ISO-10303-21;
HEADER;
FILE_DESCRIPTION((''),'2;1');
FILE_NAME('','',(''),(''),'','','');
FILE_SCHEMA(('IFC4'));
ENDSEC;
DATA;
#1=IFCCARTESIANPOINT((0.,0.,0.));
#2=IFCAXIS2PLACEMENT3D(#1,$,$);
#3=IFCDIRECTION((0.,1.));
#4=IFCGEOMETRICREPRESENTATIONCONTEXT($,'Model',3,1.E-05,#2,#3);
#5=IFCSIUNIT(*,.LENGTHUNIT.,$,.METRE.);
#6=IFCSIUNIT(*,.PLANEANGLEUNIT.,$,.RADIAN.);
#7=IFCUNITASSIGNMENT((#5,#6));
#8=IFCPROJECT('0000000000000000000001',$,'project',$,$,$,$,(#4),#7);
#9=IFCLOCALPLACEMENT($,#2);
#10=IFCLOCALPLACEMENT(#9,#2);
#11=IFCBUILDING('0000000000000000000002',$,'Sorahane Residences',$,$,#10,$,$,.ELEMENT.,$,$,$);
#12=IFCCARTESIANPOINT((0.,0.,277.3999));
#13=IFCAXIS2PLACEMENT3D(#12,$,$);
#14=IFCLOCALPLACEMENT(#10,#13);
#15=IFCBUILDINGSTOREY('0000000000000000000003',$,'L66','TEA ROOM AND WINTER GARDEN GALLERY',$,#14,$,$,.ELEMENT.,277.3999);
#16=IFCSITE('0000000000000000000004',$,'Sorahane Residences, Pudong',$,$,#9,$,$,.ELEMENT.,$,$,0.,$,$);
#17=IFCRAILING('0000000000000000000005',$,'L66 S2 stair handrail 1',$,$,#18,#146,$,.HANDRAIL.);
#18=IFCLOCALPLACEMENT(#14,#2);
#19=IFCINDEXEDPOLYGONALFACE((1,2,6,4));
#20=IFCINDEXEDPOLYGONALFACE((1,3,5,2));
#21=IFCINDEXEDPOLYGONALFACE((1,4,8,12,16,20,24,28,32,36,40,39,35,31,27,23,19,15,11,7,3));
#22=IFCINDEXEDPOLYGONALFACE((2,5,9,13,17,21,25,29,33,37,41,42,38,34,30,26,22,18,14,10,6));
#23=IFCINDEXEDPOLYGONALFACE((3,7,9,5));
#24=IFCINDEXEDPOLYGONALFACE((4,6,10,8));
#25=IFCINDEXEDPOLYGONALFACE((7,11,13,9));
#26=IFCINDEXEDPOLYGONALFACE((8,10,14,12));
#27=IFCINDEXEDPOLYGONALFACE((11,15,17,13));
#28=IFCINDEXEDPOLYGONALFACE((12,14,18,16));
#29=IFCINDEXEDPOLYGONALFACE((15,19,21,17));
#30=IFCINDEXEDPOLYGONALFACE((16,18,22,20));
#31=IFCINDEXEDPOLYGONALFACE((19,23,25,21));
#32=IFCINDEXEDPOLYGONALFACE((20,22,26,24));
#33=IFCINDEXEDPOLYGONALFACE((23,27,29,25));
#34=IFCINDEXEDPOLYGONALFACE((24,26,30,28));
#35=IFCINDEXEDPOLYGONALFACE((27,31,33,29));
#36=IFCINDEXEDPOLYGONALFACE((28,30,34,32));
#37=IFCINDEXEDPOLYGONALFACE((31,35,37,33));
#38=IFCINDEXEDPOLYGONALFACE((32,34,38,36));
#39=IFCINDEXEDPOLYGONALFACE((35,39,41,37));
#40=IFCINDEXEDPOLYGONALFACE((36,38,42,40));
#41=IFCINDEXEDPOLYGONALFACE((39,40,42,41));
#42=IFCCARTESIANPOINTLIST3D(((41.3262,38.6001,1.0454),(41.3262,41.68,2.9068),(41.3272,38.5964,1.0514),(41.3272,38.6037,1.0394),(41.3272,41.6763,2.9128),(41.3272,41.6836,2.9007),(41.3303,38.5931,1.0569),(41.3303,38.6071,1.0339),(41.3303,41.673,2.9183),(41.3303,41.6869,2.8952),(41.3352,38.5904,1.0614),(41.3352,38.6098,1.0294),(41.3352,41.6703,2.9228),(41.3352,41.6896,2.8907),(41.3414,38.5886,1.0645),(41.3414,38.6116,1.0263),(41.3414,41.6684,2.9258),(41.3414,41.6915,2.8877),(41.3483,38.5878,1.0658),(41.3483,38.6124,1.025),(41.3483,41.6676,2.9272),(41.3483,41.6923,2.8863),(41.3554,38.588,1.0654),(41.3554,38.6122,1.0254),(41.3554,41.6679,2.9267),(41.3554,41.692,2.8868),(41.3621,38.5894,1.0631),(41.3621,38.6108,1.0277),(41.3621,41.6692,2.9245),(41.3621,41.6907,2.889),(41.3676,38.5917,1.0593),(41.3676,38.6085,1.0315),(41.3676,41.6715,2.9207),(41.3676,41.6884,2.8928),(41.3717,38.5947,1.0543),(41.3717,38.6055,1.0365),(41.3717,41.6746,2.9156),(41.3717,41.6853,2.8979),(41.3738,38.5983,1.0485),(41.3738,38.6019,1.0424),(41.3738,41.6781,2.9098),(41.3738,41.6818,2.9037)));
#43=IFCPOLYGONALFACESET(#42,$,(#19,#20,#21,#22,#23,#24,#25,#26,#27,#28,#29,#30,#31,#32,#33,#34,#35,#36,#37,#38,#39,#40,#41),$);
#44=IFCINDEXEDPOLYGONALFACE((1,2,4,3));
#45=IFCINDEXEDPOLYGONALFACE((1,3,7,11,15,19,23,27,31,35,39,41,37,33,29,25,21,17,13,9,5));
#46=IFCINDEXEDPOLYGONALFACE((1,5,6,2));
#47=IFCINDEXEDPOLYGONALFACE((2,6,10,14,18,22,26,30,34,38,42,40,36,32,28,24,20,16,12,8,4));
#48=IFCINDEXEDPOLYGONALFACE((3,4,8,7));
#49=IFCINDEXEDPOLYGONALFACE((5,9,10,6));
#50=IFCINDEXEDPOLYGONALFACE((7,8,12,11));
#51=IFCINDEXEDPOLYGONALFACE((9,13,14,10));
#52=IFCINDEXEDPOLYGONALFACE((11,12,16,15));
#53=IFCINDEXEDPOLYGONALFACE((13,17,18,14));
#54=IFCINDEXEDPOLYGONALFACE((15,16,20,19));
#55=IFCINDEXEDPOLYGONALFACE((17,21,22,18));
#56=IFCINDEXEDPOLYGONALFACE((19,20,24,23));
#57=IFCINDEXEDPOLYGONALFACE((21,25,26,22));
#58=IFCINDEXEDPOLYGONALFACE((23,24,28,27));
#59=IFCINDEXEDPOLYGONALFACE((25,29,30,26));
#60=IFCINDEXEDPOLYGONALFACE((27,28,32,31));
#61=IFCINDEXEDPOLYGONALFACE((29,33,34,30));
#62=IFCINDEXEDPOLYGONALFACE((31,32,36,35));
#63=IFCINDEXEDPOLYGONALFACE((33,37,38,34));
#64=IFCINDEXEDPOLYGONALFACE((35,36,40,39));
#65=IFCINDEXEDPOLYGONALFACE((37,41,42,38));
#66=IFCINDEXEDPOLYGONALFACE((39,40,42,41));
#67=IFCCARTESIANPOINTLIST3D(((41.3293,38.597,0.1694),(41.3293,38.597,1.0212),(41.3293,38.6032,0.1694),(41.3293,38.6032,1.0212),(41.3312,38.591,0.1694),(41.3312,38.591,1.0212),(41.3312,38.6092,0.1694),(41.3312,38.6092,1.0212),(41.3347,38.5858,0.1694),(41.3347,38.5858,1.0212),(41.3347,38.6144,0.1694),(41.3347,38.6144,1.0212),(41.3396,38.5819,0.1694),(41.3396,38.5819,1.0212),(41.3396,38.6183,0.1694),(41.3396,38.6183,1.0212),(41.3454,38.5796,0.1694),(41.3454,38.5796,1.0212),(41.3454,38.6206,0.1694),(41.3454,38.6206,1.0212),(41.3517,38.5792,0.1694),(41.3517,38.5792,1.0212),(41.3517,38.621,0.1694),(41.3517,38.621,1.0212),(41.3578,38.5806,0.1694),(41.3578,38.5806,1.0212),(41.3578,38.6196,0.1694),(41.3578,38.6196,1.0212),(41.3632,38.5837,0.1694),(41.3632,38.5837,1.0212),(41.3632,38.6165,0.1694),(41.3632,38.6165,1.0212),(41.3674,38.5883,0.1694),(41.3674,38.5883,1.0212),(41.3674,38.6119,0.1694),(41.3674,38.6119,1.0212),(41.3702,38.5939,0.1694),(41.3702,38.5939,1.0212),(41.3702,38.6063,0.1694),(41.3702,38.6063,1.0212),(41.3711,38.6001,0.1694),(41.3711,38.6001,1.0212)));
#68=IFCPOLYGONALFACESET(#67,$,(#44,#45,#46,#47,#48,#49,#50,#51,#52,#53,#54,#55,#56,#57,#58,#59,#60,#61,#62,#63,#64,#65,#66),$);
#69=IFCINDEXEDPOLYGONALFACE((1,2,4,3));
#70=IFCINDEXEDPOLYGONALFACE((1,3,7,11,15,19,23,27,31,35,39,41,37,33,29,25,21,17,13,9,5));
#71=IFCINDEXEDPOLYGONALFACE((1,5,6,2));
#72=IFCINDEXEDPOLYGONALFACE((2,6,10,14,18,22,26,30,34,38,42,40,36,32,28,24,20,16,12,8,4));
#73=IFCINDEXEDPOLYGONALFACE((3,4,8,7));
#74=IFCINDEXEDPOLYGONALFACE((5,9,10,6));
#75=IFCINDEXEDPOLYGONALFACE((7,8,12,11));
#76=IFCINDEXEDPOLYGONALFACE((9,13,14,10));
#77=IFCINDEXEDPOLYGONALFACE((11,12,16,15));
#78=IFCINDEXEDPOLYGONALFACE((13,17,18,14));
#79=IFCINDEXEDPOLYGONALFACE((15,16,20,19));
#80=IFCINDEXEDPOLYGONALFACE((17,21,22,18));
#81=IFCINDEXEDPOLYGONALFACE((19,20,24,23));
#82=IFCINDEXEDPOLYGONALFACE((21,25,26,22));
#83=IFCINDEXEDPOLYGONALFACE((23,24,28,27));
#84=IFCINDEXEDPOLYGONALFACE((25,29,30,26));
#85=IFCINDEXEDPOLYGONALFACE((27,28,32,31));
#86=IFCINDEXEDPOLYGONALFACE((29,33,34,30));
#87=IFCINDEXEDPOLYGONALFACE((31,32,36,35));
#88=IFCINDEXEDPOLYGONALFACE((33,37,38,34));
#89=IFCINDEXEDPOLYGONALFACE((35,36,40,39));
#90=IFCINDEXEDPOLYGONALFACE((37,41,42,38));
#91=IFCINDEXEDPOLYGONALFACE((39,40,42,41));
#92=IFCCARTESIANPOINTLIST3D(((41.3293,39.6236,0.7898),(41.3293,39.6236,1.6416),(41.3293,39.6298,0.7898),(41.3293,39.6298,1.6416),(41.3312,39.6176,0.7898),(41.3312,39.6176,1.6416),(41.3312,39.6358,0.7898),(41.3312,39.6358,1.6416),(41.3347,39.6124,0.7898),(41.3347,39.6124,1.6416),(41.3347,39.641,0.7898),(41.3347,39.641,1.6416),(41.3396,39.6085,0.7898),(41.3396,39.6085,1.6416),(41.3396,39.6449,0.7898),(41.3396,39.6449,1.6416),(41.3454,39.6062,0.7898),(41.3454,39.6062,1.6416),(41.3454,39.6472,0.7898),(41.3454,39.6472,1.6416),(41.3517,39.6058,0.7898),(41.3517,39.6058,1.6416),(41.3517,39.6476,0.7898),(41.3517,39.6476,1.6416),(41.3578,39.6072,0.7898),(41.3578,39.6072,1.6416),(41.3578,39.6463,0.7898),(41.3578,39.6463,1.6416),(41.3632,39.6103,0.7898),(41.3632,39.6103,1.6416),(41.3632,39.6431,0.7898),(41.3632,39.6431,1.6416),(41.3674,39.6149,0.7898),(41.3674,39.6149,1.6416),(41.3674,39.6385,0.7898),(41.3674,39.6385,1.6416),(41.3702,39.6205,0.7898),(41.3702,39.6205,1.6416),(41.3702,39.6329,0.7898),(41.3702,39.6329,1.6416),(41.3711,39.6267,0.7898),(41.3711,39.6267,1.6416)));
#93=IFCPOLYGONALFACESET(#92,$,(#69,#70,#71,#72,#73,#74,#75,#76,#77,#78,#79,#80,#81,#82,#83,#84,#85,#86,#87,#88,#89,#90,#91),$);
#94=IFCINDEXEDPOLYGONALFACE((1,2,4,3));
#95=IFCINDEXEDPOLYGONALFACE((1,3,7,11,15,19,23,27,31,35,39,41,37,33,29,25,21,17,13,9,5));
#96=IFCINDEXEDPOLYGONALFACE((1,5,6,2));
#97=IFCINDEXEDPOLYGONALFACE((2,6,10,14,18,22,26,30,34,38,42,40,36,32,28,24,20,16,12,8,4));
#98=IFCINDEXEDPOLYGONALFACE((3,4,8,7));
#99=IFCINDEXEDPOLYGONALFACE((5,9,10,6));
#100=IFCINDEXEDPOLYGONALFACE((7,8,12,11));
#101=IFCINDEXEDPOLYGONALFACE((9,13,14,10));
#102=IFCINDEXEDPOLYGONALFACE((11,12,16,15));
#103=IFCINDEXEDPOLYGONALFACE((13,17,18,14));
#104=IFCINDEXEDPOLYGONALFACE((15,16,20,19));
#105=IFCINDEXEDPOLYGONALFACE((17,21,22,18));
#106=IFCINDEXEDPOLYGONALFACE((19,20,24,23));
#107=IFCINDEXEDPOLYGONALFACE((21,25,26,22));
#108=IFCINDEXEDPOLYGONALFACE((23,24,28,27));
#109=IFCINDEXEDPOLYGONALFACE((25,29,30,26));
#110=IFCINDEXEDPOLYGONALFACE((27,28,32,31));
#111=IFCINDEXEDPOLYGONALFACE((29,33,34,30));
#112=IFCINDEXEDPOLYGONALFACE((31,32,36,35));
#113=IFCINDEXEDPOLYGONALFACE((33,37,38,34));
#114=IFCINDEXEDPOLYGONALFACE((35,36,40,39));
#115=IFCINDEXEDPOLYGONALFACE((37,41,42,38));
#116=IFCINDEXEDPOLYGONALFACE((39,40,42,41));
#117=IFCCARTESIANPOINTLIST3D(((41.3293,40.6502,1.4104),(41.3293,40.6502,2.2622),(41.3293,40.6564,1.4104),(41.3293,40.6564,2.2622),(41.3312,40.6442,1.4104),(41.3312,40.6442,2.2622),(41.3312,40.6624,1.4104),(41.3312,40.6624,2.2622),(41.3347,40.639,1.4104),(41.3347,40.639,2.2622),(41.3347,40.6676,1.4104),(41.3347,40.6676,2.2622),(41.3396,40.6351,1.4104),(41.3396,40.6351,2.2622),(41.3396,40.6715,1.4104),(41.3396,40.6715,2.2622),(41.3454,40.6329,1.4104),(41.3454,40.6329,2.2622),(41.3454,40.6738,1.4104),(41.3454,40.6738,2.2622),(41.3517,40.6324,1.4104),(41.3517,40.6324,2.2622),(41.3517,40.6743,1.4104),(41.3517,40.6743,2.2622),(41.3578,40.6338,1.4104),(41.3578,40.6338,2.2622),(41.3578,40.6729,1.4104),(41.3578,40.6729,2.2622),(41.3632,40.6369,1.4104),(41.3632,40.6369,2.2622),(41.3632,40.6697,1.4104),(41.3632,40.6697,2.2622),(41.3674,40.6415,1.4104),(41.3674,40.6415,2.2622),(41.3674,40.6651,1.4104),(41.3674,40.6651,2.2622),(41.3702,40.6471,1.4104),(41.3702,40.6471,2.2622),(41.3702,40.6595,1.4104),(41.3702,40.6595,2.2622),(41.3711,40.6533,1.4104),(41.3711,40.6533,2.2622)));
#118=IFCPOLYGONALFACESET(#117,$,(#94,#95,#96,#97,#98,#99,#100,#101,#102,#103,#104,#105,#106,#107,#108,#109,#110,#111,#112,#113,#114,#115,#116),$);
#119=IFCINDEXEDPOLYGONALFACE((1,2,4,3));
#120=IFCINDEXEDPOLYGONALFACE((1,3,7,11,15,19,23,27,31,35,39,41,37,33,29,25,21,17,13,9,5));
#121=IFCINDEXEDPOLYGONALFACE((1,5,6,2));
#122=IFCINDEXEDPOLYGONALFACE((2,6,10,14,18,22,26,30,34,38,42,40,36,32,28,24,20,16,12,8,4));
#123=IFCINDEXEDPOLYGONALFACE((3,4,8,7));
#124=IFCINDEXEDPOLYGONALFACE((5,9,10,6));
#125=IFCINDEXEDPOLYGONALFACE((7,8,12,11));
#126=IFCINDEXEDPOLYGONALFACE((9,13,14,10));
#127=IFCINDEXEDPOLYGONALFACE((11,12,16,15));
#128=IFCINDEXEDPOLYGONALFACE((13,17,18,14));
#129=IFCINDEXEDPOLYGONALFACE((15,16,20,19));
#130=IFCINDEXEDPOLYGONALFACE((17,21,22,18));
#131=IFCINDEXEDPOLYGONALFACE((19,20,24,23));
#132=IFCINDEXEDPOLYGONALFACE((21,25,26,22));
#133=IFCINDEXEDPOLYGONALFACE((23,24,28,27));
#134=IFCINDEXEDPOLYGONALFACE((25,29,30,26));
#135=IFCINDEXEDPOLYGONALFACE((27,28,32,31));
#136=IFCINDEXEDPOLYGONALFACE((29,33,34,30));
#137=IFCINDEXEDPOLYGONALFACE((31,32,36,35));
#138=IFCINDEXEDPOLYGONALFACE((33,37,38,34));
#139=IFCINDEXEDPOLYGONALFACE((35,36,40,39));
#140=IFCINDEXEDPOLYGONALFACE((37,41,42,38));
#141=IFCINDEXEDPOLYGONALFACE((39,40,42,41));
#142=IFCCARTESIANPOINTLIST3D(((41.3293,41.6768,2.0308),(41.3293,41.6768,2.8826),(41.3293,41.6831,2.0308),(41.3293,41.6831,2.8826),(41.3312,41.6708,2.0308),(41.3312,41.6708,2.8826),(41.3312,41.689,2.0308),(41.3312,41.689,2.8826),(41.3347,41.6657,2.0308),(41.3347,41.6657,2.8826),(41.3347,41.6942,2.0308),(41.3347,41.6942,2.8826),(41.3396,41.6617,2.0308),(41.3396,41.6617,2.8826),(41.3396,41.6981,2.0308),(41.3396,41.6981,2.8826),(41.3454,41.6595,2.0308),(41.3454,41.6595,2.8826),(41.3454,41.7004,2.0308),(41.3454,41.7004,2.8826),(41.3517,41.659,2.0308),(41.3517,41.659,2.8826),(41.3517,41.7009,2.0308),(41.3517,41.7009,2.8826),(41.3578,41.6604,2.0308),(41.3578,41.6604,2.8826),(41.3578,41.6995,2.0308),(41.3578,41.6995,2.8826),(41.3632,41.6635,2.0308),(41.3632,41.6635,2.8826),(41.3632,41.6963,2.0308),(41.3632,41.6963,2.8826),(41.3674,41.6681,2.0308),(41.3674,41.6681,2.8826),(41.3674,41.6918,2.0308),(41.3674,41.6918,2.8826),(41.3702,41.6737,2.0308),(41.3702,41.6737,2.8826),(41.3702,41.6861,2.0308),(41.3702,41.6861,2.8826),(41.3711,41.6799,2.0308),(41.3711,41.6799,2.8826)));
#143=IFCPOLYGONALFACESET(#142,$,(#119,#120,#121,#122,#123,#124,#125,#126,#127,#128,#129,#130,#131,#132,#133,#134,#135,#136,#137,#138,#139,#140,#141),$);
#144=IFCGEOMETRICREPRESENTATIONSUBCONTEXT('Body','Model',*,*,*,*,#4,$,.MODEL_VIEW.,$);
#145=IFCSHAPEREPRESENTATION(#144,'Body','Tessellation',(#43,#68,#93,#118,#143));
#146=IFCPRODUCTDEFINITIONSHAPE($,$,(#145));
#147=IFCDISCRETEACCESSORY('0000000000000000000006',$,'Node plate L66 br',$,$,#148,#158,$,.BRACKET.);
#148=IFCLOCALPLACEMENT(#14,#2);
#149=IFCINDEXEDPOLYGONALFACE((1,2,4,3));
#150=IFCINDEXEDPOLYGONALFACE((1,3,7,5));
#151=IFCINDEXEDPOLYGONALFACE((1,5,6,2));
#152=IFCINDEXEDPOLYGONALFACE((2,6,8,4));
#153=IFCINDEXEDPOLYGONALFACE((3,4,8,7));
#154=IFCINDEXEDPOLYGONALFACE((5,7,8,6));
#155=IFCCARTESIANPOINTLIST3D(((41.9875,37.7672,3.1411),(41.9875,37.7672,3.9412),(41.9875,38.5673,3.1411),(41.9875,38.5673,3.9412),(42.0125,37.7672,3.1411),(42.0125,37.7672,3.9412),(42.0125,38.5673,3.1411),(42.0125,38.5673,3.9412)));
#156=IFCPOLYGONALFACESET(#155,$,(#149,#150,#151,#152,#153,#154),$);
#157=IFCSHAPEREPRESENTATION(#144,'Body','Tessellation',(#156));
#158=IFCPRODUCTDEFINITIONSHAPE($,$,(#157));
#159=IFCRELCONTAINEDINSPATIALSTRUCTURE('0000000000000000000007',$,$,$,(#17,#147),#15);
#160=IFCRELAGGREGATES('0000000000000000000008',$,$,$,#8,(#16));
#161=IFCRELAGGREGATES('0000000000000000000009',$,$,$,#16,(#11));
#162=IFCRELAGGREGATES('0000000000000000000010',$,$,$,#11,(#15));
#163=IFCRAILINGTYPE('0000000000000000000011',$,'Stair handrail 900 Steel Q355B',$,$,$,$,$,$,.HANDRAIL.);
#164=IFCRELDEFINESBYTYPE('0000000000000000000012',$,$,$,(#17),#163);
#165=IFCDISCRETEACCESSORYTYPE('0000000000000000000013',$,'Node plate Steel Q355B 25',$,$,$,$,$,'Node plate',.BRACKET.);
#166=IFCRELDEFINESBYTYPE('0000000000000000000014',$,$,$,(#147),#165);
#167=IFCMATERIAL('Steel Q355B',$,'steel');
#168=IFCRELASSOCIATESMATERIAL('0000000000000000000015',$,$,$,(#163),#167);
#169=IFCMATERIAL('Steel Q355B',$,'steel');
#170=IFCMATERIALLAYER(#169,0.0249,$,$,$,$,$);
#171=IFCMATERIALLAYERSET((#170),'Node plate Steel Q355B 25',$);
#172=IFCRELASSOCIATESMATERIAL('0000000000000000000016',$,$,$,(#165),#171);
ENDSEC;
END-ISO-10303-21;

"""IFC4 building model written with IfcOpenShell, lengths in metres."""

from ifc_helpers import new_model, si_unit, direction, frame, origin, origin_2d, place, context, subcontext, project, spatial, rectangle, circle, extrude, material, layer, layer_set, type_object, element, save


model = new_model("IFC4")

# Units and contexts
model_context = context("Model", 3, precision=1e-05, world=origin(), true_north=direction((0.0, 1.0)))
body_context = subcontext(model_context, "Body", "Model", "MODEL_VIEW")
ifc_project = project(units=[si_unit("LENGTHUNIT", "METRE"), si_unit("PLANEANGLEUNIT", "RADIAN")], contexts=[model_context])

# Site, building, storey
site_placement = place(None, origin())
site = spatial("IfcSite", under=ifc_project, at=site_placement, Name="Sorahane Residences, Pudong", CompositionType="ELEMENT", RefElevation=0.0)
building_placement = place(site_placement, origin())
building = spatial("IfcBuilding", under=site, at=building_placement, Name="Sorahane Residences", CompositionType="ELEMENT")
storey_placement = place(building_placement, frame((0.0, 0.0, 277.3999)))
storey = spatial("IfcBuildingStorey", under=building, at=storey_placement, Name="L66", Description="TEA ROOM AND WINTER GARDEN GALLERY", CompositionType="ELEMENT", Elevation=277.3999)

# Railing
ifc_material_1 = material(Name="Steel Q355B", Category="steel")
railing_type_1 = type_object("IfcRailingType", Name="Stair handrail 900 Steel Q355B", PredefinedType="HANDRAIL", material=ifc_material_1)
railing_1_placement = place(storey_placement, frame((41.3501, 38.6001, 0.1694)))
element("IfcRailing", 1, at=railing_1_placement, inside=storey, type_object=railing_type_1, Name="L66 S2 stair handrail 1", PredefinedType="HANDRAIL", context=body_context, shape_type="SweptSolid", body=[
    extrude(circle(Radius=0.0239, at=origin_2d()), frame((0.0, 0.0, 0.876), z_axis=(0.0, 0.855842, 0.517237), x_axis=(-1.0, 0.0, 0.0)), (0.0, 0.0, 1.0), 3.5986),
    extrude(circle(Radius=0.021, at=origin_2d()), origin(), (0.0, 0.0, 1.0), 0.8518),
    extrude(circle(Radius=0.021, at=origin_2d()), frame((0.0, 1.0266, 0.6204)), (0.0, 0.0, 1.0), 0.8518),
    extrude(circle(Radius=0.021, at=origin_2d()), frame((0.0, 2.0532, 1.241)), (0.0, 0.0, 1.0), 0.8518),
    extrude(circle(Radius=0.021, at=origin_2d()), frame((0.0, 3.0798, 1.8613)), (0.0, 0.0, 1.0), 0.8518),
])

# Discrete accessory
ifc_material_2 = material(Name="Steel Q355B", Category="steel")
ifc_layer_1 = layer(ifc_material_2, 0.0249)
ifc_layer_set_1 = layer_set([ifc_layer_1], Name="Node plate Steel Q355B 25")
discrete_accessory_type = type_object("IfcDiscreteAccessoryType", Name="Node plate Steel Q355B 25", ElementType="Node plate", PredefinedType="BRACKET", material=ifc_layer_set_1)
discrete_accessory_placement = place(storey_placement, frame((42.0, 38.1672, 3.1411), z_axis=(0.0, 0.0, 1.0), x_axis=(0.0, 1.0, 0.0)))
element("IfcDiscreteAccessory", 2, at=discrete_accessory_placement, inside=storey, type_object=discrete_accessory_type, Name="Node plate L66 br", PredefinedType="BRACKET", context=body_context, shape_type="SweptSolid", body=[
    extrude(rectangle(XDim=0.8, YDim=0.0249, at=origin_2d()), origin(), (0.0, 0.0, 1.0), 0.8),
])

save(model, "model.ifc")
